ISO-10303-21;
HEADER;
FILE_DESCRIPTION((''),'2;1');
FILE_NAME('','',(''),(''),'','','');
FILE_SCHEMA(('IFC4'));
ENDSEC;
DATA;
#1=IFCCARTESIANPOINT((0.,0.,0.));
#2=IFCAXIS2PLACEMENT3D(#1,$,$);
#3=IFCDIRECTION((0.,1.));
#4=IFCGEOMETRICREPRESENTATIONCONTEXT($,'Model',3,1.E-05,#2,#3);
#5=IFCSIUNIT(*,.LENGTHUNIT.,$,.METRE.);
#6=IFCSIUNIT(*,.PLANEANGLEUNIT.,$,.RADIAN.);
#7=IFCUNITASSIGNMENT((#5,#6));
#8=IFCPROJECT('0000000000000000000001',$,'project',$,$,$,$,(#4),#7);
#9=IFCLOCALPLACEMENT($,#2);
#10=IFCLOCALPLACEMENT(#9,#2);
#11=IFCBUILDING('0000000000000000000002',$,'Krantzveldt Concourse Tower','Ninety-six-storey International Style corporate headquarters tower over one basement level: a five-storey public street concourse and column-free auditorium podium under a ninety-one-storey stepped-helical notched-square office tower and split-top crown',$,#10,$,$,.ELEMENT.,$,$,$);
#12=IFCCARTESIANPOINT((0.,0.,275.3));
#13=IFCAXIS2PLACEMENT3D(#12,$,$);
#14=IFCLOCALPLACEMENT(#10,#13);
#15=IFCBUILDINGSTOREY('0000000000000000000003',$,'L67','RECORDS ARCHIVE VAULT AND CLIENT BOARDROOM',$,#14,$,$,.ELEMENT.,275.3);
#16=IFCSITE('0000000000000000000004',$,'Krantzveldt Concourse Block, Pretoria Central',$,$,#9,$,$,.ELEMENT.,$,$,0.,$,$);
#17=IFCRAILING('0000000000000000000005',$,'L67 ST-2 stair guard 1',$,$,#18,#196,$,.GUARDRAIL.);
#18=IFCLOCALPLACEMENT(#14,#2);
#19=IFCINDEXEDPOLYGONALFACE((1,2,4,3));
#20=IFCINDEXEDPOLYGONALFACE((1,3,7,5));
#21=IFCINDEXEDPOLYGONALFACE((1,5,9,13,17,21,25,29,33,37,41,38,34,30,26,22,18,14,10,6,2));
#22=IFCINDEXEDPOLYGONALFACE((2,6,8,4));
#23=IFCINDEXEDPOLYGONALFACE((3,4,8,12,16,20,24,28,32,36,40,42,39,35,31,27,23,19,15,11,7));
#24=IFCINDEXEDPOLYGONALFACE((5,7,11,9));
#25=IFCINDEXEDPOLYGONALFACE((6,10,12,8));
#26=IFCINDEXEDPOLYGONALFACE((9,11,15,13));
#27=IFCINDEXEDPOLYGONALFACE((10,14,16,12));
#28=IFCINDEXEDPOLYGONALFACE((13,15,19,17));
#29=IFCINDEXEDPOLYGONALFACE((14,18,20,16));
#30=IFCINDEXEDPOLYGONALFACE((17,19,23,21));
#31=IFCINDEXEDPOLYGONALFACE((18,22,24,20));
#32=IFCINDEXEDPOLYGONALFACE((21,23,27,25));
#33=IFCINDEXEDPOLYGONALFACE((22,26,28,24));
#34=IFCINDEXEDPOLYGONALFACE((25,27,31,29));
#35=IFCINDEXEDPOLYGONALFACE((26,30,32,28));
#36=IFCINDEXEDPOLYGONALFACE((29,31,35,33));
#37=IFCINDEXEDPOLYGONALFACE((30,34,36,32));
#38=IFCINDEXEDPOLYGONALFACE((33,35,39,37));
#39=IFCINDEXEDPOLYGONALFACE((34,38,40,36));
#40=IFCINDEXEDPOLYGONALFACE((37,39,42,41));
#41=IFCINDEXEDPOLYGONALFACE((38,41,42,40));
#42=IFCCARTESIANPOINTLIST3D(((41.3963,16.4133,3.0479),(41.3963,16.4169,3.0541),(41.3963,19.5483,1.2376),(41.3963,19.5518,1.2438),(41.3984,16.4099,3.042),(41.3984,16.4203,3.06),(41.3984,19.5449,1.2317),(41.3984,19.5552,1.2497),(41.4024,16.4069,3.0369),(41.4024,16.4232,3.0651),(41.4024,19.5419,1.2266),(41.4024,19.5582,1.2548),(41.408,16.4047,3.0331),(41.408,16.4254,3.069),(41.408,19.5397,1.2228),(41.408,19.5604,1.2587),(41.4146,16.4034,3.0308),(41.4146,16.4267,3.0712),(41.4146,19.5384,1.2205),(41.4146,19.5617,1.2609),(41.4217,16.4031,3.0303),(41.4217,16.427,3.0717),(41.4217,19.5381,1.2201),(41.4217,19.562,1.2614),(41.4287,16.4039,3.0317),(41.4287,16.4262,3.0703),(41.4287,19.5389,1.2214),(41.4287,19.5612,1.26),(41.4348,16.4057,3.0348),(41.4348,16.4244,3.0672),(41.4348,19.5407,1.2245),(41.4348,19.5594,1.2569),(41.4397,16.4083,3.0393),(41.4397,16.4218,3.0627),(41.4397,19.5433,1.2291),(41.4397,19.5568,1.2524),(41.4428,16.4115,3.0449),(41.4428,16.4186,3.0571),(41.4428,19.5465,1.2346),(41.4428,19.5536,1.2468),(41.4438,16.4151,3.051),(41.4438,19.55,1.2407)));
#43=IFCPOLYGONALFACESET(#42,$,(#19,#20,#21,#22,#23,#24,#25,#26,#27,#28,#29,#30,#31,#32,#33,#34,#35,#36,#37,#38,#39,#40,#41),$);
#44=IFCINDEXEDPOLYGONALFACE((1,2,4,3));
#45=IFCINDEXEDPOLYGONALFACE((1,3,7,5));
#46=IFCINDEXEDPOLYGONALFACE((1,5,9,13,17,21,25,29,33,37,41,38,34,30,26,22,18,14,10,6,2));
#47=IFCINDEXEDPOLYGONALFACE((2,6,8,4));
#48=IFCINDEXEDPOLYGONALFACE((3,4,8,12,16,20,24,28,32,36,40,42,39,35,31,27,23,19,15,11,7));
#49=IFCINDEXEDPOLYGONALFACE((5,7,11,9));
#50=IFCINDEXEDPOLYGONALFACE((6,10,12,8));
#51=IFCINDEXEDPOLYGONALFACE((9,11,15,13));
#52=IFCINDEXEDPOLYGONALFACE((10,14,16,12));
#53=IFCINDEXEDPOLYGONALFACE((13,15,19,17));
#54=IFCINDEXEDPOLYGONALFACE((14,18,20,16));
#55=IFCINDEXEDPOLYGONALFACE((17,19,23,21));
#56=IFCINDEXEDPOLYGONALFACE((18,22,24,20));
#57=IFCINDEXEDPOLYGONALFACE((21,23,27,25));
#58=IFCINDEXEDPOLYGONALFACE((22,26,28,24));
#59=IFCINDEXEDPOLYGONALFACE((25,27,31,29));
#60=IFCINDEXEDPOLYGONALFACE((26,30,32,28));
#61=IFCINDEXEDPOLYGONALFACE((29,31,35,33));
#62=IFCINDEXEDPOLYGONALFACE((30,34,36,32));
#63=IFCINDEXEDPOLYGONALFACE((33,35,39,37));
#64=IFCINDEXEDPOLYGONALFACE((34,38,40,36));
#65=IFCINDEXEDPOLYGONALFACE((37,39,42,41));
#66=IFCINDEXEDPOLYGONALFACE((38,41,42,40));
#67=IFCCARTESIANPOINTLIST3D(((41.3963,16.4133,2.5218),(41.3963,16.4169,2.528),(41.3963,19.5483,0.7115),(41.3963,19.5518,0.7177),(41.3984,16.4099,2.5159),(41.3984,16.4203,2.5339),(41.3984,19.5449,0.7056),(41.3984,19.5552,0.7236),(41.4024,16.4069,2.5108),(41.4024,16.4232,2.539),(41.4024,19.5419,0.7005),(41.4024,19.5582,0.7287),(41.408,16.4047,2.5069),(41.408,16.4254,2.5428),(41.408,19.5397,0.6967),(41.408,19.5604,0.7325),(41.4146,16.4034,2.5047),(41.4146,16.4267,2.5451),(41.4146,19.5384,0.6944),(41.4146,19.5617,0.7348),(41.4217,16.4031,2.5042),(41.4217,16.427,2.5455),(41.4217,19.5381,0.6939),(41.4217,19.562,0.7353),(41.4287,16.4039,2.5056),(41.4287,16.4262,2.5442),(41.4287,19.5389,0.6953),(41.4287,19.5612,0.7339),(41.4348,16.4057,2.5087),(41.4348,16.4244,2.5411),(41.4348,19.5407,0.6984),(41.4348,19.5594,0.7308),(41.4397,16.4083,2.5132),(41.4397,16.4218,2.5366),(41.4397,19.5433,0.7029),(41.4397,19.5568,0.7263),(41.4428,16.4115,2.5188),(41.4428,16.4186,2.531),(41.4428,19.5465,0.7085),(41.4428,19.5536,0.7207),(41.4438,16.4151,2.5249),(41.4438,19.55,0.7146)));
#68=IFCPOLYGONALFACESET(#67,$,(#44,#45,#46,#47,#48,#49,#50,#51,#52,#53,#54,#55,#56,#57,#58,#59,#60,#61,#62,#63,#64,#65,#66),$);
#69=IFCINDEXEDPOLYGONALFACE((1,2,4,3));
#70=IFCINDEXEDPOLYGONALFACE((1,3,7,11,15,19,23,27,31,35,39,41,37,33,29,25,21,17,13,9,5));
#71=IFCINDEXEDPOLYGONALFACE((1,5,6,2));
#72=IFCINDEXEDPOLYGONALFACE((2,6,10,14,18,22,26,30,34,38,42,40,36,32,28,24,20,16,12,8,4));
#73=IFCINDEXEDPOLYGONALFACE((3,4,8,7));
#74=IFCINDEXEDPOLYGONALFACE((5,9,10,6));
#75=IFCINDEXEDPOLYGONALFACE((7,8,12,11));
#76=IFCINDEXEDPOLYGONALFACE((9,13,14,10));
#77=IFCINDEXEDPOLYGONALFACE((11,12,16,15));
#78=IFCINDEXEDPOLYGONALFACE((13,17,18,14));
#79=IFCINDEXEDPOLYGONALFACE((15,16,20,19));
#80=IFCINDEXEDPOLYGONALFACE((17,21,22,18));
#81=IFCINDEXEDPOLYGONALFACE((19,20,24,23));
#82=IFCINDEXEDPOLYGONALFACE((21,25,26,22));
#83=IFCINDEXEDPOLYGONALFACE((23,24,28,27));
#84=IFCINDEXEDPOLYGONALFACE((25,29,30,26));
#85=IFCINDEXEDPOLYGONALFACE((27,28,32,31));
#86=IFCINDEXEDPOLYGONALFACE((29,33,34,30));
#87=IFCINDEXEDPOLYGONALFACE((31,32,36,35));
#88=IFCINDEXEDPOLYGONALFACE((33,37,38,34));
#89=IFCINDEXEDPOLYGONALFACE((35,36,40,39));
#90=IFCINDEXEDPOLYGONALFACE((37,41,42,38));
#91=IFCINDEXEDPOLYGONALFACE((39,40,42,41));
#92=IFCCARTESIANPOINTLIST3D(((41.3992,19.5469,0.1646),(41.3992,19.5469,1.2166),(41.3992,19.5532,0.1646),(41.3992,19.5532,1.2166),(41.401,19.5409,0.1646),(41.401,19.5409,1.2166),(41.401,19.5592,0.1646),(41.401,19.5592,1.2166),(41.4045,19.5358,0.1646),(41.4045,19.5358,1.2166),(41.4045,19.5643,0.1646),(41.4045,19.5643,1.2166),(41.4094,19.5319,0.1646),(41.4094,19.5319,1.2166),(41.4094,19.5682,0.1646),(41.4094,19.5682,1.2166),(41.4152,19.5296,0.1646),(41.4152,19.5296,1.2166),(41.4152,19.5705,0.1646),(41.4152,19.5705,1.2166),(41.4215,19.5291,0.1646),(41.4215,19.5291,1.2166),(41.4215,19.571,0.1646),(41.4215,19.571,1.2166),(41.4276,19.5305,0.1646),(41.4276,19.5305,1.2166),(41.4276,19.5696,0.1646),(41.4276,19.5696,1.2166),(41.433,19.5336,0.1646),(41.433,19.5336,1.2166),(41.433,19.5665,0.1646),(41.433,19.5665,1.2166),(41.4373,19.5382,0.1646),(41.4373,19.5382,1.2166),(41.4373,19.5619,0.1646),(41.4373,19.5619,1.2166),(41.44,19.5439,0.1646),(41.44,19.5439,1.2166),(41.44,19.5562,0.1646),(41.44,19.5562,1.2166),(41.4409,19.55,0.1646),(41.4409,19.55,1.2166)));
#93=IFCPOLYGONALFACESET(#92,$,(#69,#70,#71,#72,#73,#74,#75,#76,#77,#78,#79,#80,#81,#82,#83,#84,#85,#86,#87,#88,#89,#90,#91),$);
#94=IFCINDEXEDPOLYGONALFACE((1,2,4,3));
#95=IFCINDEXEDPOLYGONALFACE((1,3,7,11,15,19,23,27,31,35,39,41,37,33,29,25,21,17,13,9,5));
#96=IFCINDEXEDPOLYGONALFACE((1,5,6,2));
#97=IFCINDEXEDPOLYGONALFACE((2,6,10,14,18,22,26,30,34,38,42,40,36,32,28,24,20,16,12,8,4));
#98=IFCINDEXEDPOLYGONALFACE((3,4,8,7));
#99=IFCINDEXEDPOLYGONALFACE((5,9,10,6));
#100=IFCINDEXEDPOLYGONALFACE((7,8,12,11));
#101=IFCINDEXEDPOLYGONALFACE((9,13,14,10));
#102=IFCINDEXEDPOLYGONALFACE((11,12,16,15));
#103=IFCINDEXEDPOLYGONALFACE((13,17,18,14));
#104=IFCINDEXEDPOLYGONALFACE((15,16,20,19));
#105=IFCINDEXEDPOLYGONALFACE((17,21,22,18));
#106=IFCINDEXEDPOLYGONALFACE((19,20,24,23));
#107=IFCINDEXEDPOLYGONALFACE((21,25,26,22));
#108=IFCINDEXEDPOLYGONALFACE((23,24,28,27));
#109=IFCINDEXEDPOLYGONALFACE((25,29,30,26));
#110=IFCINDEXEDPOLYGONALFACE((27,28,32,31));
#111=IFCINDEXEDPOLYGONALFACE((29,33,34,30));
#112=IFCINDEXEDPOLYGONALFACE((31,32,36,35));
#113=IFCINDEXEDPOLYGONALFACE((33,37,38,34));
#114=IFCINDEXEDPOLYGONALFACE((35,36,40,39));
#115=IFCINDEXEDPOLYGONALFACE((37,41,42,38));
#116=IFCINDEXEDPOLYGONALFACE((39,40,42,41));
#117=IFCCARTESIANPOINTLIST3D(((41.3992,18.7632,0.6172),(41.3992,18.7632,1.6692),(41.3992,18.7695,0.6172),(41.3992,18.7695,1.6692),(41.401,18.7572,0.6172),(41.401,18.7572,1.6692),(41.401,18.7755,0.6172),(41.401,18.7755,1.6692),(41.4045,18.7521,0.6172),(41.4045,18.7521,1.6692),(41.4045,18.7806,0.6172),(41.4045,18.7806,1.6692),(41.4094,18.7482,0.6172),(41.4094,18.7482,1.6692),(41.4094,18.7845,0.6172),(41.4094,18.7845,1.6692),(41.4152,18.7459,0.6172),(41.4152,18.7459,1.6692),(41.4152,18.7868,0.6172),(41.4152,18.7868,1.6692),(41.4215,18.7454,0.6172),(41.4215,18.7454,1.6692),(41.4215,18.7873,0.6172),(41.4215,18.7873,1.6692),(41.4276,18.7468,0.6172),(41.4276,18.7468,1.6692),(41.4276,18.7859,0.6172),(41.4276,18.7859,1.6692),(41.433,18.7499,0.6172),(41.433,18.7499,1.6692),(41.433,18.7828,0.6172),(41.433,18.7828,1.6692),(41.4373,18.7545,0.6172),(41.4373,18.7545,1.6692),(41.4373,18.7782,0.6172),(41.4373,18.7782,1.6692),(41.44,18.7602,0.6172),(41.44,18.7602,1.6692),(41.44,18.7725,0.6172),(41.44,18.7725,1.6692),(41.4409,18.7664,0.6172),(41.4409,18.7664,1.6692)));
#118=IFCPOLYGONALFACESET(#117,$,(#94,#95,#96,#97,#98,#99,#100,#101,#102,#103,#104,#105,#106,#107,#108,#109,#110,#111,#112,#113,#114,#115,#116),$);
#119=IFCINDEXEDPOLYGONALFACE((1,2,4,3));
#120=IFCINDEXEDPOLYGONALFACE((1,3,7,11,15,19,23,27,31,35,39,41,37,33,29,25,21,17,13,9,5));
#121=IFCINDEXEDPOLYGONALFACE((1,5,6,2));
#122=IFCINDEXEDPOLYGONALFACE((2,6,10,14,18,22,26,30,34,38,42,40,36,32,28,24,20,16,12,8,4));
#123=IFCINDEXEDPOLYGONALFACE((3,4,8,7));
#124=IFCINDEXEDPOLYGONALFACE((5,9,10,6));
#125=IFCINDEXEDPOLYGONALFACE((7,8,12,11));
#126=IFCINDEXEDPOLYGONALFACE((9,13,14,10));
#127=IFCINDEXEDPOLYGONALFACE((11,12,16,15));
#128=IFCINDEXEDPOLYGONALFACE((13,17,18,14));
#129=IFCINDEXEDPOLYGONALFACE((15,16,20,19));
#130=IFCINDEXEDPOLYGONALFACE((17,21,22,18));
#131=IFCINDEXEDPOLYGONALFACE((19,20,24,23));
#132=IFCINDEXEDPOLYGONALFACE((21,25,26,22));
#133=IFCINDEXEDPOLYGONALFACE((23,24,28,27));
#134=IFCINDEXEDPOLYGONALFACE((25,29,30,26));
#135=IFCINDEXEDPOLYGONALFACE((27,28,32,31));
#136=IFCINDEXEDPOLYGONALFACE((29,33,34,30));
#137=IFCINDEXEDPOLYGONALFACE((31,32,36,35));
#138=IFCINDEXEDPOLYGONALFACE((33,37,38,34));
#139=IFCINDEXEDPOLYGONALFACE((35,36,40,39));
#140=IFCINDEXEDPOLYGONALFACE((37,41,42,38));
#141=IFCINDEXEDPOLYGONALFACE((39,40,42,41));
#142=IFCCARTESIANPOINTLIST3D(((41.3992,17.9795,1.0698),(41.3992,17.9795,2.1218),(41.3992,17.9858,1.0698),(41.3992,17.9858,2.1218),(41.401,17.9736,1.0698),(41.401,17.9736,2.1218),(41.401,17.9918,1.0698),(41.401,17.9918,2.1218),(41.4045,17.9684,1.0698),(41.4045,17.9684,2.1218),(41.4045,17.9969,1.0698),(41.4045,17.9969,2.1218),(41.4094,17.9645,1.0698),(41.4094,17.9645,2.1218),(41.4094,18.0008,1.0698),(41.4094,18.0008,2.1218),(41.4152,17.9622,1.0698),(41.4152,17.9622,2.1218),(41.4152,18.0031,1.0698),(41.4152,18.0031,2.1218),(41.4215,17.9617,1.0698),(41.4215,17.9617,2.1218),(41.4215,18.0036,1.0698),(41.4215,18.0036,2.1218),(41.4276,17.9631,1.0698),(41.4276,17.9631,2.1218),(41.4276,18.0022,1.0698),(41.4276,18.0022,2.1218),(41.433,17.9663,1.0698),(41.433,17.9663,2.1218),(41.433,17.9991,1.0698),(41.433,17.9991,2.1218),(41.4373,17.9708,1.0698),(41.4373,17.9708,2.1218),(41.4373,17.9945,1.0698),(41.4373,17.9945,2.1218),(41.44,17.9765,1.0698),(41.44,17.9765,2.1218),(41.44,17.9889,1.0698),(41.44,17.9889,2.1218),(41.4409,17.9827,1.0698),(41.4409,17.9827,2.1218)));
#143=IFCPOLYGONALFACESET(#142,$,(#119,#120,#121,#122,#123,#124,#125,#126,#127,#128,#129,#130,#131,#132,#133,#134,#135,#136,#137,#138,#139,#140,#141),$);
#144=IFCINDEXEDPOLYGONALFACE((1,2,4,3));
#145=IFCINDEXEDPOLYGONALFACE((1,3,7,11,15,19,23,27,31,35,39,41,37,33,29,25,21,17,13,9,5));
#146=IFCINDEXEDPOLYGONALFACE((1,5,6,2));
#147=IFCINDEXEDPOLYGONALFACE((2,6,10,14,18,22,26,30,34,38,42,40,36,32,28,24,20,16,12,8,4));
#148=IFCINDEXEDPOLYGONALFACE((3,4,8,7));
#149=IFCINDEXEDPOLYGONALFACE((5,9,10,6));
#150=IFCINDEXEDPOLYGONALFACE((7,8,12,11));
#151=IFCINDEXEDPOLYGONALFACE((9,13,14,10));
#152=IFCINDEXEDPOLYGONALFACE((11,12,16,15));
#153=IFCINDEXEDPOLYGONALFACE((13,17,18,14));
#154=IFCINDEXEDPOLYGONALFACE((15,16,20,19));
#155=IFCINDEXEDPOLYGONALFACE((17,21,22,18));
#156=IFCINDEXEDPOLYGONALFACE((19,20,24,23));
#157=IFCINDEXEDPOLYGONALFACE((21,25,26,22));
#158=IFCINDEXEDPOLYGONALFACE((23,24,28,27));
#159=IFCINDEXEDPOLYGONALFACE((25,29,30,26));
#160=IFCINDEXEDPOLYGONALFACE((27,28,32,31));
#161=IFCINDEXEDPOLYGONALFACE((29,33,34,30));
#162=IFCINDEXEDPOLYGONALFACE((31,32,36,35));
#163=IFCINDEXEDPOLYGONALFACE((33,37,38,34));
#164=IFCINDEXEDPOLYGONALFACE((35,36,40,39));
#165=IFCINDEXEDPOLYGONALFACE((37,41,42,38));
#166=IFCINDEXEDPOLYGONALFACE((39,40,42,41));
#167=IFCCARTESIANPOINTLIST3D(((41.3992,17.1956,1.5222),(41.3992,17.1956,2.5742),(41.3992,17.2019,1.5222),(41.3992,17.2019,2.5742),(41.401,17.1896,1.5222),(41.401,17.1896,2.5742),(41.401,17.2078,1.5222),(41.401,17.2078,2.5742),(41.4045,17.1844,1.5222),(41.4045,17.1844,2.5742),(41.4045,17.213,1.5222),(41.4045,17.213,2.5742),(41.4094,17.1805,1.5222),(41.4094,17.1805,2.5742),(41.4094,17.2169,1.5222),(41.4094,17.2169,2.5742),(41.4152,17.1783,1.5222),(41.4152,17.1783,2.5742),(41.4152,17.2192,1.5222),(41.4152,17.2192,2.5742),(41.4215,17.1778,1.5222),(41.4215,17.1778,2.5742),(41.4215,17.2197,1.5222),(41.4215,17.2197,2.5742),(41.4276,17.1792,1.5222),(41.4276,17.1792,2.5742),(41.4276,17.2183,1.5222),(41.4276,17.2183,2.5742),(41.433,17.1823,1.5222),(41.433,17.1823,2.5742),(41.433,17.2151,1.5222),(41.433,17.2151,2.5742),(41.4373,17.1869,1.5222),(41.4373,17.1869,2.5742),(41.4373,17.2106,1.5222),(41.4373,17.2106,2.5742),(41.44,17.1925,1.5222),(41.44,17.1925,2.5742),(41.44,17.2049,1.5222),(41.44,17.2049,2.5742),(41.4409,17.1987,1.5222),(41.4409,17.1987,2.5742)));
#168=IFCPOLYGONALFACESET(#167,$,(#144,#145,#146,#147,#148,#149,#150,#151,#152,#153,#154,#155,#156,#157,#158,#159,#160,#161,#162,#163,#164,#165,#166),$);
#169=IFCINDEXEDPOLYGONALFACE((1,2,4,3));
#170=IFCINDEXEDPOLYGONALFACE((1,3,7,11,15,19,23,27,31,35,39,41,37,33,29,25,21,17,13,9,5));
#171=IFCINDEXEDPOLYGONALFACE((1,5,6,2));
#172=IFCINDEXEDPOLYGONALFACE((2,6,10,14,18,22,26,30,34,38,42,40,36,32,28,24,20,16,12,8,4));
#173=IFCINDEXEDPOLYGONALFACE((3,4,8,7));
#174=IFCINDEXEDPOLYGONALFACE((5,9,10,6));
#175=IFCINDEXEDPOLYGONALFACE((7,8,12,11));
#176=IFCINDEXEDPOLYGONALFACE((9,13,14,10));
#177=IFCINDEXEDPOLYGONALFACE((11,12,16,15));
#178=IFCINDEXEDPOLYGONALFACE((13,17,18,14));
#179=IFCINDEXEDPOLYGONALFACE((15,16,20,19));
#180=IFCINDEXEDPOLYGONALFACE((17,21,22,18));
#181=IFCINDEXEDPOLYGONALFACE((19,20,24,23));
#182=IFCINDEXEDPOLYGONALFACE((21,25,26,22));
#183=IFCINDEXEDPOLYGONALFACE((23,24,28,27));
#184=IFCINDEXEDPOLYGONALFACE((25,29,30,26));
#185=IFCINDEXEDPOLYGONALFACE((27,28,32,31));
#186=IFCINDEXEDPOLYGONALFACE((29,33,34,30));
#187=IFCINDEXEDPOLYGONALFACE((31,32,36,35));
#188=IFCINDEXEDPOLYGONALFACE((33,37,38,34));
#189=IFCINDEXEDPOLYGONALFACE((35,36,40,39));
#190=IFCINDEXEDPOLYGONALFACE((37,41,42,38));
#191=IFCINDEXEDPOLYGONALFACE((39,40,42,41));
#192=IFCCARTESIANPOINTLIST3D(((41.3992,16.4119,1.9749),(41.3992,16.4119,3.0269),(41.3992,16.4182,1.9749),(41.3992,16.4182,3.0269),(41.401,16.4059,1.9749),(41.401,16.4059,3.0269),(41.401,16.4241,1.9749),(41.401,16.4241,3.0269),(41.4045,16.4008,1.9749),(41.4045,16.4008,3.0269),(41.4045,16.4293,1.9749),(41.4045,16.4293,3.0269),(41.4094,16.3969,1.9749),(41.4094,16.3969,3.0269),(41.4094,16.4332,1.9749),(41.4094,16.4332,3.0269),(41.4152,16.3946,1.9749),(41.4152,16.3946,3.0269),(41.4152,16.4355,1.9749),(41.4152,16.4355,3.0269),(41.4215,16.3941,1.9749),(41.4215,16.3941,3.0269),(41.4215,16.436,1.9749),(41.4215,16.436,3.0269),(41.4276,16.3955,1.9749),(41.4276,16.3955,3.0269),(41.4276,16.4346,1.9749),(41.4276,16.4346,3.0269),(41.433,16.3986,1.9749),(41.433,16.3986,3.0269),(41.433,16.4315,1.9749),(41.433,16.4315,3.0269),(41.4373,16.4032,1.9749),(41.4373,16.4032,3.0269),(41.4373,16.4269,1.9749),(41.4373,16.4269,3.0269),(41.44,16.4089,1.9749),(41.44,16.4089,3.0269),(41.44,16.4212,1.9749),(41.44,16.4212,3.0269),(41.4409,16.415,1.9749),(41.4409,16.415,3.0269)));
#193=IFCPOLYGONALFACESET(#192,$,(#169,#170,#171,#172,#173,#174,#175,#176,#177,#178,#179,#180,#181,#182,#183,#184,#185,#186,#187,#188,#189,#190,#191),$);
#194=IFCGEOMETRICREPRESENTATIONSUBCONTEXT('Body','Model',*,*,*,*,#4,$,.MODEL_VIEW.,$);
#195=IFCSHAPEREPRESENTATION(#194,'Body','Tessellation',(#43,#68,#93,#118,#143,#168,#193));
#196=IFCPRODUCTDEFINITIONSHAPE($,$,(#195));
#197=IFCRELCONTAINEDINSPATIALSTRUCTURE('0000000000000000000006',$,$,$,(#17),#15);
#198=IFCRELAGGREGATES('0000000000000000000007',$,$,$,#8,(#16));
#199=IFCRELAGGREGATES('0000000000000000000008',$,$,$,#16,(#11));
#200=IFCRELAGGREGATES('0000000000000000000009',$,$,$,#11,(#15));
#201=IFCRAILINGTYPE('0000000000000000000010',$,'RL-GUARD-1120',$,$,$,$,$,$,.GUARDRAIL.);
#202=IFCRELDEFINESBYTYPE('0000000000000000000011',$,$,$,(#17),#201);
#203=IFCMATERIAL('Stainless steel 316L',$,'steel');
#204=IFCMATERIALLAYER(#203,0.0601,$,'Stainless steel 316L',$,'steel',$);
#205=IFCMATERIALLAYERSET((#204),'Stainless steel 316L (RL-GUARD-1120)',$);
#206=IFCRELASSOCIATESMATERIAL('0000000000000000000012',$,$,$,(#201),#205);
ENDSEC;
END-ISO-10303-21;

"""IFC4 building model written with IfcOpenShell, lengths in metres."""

from ifc_helpers import new_model, si_unit, direction, frame, origin, origin_2d, place, context, subcontext, project, spatial, circle, extrude, material, layer, layer_set, type_object, element, save


model = new_model("IFC4")

# Units and contexts
model_context = context("Model", 3, precision=1e-05, world=origin(), true_north=direction((0.0, 1.0)))
body_context = subcontext(model_context, "Body", "Model", "MODEL_VIEW")
ifc_project = project(units=[si_unit("LENGTHUNIT", "METRE"), si_unit("PLANEANGLEUNIT", "RADIAN")], contexts=[model_context])

# Site, building, storey
site_placement = place(None, origin())
site = spatial("IfcSite", under=ifc_project, at=site_placement, Name="Krantzveldt Concourse Block, Pretoria Central", CompositionType="ELEMENT", RefElevation=0.0)
building_placement = place(site_placement, origin())
building = spatial("IfcBuilding", under=site, at=building_placement, Name="Krantzveldt Concourse Tower", Description="Ninety-six-storey International Style corporate headquarters tower over one basement level: a five-storey public street concourse and column-free auditorium podium under a ninety-one-storey stepped-helical notched-square office tower and split-top crown", CompositionType="ELEMENT")
storey_placement = place(building_placement, frame((0.0, 0.0, 275.3)))
storey = spatial("IfcBuildingStorey", under=building, at=storey_placement, Name="L67", Description="RECORDS ARCHIVE VAULT AND CLIENT BOARDROOM", CompositionType="ELEMENT", Elevation=275.3)

# Shared definitions
ifc_material_1 = material(Name="Stainless steel 316L", Category="steel")

# Railing
ifc_layer_1 = layer(ifc_material_1, 0.0601, Name="Stainless steel 316L", Category="steel")
ifc_layer_set_1 = layer_set([ifc_layer_1], Name="Stainless steel 316L (RL-GUARD-1120)")
railing_type_1 = type_object("IfcRailingType", Name="RL-GUARD-1120", PredefinedType="GUARDRAIL", material=ifc_layer_set_1)
railing_1_placement = place(storey_placement, frame((41.4199, 19.55, 0.1646)))
element("IfcRailing", 1, at=railing_1_placement, inside=storey, type_object=railing_type_1, Name="L67 ST-2 stair guard 1", PredefinedType="GUARDRAIL", context=body_context, shape_type="SweptSolid", body=[
    extrude(circle(Radius=0.0239, at=origin_2d()), frame((0.0, 0.0, 1.0762), z_axis=(0.0, -0.865989, 0.500063), x_axis=(1.0, 0.0, 0.0)), (0.0, 0.0, 1.0), 3.6201),
    extrude(circle(Radius=0.0239, at=origin_2d()), frame((0.0, 0.0, 0.55), z_axis=(0.0, -0.865989, 0.500063), x_axis=(1.0, 0.0, 0.0)), (0.0, 0.0, 1.0), 3.6201),
    extrude(circle(Radius=0.021, at=origin_2d()), origin(), (0.0, 0.0, 1.0), 1.052),
    extrude(circle(Radius=0.021, at=origin_2d()), frame((0.0, -0.7837, 0.4526)), (0.0, 0.0, 1.0), 1.052),
    extrude(circle(Radius=0.021, at=origin_2d()), frame((0.0, -1.5674, 0.9053)), (0.0, 0.0, 1.0), 1.052),
    extrude(circle(Radius=0.021, at=origin_2d()), frame((0.0, -2.3513, 1.3577)), (0.0, 0.0, 1.0), 1.052),
    extrude(circle(Radius=0.021, at=origin_2d()), frame((0.0, -3.135, 1.8103)), (0.0, 0.0, 1.0), 1.052),
])

save(model, "model.ifc")
